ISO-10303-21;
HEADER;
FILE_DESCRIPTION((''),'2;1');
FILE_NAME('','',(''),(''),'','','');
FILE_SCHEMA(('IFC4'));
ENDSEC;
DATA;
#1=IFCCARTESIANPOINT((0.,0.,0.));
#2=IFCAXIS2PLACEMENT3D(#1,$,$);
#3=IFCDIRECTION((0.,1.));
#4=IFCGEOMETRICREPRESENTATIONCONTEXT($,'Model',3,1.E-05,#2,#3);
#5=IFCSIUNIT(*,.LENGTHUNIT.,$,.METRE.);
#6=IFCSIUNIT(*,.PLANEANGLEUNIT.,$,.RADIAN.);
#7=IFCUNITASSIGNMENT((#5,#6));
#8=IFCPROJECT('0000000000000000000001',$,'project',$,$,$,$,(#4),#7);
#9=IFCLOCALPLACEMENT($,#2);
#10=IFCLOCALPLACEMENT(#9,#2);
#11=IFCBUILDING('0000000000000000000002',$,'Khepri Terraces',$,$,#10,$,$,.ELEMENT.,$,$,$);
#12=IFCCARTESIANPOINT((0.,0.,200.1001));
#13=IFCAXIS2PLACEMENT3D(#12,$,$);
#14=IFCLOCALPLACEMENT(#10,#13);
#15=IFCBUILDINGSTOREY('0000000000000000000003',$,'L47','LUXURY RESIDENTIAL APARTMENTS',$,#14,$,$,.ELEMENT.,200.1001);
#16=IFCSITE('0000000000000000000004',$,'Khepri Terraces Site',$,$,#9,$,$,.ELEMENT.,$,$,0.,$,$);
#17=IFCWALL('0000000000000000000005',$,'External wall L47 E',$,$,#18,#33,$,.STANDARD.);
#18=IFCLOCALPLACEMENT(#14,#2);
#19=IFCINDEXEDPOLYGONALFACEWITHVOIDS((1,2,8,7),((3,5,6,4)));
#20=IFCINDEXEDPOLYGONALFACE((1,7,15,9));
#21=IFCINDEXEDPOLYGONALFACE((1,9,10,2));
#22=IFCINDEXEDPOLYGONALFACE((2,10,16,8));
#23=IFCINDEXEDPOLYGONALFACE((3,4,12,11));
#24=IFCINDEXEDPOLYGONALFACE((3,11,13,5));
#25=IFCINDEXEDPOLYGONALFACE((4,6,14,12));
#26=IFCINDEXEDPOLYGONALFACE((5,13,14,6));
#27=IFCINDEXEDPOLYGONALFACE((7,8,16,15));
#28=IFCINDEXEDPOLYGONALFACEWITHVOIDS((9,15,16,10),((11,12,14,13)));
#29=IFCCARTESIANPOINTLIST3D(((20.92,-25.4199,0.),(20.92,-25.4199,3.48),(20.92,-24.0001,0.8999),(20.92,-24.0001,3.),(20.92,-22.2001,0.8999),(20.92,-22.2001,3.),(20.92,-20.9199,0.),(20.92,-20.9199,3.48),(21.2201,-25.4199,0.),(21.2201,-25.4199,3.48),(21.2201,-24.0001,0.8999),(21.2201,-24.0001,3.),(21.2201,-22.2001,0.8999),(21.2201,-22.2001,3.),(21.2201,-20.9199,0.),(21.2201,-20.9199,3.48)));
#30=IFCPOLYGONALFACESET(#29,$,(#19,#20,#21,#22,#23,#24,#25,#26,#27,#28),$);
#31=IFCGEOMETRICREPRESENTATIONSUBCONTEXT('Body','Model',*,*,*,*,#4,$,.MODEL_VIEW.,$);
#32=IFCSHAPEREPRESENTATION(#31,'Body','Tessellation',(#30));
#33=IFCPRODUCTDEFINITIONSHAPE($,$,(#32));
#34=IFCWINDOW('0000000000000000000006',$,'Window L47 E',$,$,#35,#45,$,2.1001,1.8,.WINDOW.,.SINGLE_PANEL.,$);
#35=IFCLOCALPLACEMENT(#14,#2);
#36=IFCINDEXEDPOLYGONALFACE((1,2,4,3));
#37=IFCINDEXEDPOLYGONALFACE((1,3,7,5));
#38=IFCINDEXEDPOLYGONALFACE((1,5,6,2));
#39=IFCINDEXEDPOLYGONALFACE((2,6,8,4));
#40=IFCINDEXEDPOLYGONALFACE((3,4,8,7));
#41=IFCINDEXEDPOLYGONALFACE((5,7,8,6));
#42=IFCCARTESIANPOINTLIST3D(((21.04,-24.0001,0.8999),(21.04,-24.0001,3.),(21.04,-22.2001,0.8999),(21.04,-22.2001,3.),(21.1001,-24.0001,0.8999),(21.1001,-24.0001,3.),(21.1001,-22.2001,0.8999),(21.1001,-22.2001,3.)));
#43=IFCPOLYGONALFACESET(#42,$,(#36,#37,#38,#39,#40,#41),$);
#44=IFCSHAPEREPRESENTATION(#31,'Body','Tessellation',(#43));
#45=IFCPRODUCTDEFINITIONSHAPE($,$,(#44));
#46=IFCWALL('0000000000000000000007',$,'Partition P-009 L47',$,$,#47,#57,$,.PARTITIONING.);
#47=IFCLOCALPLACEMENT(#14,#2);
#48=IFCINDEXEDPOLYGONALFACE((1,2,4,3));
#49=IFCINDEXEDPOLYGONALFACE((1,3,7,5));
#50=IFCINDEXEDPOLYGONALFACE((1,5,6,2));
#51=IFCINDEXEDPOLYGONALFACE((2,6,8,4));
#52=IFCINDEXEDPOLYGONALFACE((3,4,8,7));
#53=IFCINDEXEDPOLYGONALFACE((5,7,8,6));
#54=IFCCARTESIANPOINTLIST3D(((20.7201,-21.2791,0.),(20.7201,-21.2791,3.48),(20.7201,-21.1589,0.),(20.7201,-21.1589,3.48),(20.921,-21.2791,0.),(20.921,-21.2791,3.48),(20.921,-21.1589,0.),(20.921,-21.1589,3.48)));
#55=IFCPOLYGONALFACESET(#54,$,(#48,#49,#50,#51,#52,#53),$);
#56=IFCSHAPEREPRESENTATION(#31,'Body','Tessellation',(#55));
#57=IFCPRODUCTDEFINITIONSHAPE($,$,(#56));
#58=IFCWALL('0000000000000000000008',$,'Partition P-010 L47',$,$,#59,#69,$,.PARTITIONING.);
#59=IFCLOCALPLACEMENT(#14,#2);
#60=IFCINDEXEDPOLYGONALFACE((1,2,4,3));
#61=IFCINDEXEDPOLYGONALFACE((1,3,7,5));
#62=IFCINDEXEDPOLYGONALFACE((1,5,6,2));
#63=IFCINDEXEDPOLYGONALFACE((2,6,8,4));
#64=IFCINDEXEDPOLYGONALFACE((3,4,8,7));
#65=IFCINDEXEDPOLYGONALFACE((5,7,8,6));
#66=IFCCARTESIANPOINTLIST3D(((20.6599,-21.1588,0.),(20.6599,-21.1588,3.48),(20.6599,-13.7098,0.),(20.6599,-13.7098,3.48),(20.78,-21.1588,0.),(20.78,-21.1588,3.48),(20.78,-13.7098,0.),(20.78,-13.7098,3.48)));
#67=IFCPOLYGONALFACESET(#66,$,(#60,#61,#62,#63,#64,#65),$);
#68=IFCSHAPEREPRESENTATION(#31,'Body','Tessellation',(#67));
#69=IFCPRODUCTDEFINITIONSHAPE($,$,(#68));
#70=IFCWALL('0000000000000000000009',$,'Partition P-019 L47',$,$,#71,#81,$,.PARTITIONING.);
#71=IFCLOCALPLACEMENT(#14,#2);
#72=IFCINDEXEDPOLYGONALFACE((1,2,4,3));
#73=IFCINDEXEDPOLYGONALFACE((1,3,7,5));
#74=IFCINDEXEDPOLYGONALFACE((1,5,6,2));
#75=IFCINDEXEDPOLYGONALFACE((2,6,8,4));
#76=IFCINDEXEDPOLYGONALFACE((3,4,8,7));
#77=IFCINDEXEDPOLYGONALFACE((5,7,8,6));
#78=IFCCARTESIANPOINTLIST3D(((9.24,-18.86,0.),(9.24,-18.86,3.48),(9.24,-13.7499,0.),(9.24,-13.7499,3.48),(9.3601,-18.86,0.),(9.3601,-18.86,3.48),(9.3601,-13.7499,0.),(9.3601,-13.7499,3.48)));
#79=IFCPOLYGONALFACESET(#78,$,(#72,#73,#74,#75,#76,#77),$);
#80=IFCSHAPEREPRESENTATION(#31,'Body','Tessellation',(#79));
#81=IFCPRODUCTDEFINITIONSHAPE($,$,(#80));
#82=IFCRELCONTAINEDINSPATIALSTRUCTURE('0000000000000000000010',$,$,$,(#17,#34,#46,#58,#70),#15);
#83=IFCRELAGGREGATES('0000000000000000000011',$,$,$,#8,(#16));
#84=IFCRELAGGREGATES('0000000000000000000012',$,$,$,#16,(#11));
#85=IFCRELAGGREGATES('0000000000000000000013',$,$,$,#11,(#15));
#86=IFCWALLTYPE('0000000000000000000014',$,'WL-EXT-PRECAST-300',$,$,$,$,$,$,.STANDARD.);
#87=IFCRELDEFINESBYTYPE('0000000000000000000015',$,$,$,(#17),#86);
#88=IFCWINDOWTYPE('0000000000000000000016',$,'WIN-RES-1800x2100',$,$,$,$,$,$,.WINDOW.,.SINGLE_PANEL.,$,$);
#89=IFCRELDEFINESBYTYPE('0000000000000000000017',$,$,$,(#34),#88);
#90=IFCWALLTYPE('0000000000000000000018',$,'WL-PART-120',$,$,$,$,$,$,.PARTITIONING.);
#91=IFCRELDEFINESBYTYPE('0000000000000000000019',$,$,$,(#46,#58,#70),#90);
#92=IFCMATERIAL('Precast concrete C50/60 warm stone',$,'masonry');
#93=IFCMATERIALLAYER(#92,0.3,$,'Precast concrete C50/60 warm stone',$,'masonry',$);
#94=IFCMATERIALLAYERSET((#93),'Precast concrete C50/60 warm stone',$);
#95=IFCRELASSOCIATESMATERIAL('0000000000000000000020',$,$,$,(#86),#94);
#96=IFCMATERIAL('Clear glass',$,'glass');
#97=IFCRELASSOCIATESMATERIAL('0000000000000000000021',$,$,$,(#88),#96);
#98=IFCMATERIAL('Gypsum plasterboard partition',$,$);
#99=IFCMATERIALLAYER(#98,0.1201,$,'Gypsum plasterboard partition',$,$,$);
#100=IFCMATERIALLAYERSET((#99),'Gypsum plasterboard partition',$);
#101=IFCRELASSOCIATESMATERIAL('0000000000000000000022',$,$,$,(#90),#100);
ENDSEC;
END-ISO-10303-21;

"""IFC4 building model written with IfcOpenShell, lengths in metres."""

from ifc_helpers import new_model, si_unit, direction, frame, frame_2d, origin, place, context, subcontext, project, spatial, rectangle, extrude, material, layer, layer_set, type_object, element, fill, save


model = new_model("IFC4")

# Units and contexts
model_context = context("Model", 3, precision=1e-05, world=origin(), true_north=direction((0.0, 1.0)))
body_context = subcontext(model_context, "Body", "Model", "MODEL_VIEW")
ifc_project = project(units=[si_unit("LENGTHUNIT", "METRE"), si_unit("PLANEANGLEUNIT", "RADIAN")], contexts=[model_context])

# Site, building, storey
site_placement = place(None, origin())
site = spatial("IfcSite", under=ifc_project, at=site_placement, Name="Khepri Terraces Site", CompositionType="ELEMENT", RefElevation=0.0)
building_placement = place(site_placement, origin())
building = spatial("IfcBuilding", under=site, at=building_placement, Name="Khepri Terraces", CompositionType="ELEMENT")
storey_placement = place(building_placement, frame((0.0, 0.0, 200.1001)))
storey = spatial("IfcBuildingStorey", under=building, at=storey_placement, Name="L47", Description="LUXURY RESIDENTIAL APARTMENTS", CompositionType="ELEMENT", Elevation=200.1001)

# Shared definitions
ifc_material_1 = material(Name="Precast concrete C50/60 warm stone", Category="masonry")
ifc_layer_1 = layer(ifc_material_1, 0.3, Name="Precast concrete C50/60 warm stone", Category="masonry")
ifc_layer_set_1 = layer_set([ifc_layer_1], Name="Precast concrete C50/60 warm stone")
wall_type_1 = type_object("IfcWallType", Name="WL-EXT-PRECAST-300", PredefinedType="STANDARD", material=ifc_layer_set_1)
ifc_material_2 = material(Name="Clear glass", Category="glass")
window_type_1 = type_object("IfcWindowType", Name="WIN-RES-1800x2100", PartitioningType="SINGLE_PANEL", PredefinedType="WINDOW", material=ifc_material_2)

# Wall, opening, window
wall_1_placement = place(storey_placement, frame((21.0701, -25.4199, 0.0), z_axis=(0.0, 0.0, 1.0), x_axis=(0.0, 1.0, 0.0)))
wall_1 = element("IfcWall", 1, at=wall_1_placement, inside=storey, type_object=wall_type_1, Name="External wall L47 E", PredefinedType="STANDARD", context=body_context, shape_type="SweptSolid", body=[
    extrude(rectangle(XDim=4.5, YDim=0.3, at=frame_2d((2.25, 0.0))), origin(), (0.0, 0.0, 1.0), 3.48),
])
opening_1_placement = place(wall_1_placement, frame((1.4199, 0.0, 0.8999)))
opening_1 = element("IfcOpeningElement", 2, at=opening_1_placement, cuts=wall_1, PredefinedType="OPENING", context=body_context, shape_type="SweptSolid", body=[
    extrude(rectangle(XDim=1.8, YDim=2.1001, at=frame_2d((0.8999, 1.05))), frame((0.0, 0.1602, 0.0), z_axis=(0.0, -1.0, 0.0), x_axis=(1.0, 0.0, 0.0)), (0.0, 0.0, 1.0), 0.3201),
])
window_1_placement = place(opening_1_placement, origin())
window_1 = element("IfcWindow", 3, at=window_1_placement, inside=storey, type_object=window_type_1, Name="Window L47 E", OverallHeight=2.1001, OverallWidth=1.8, PartitioningType="SINGLE_PANEL", PredefinedType="WINDOW", context=body_context, shape_type="SweptSolid", body=[
    extrude(rectangle(XDim=1.8, YDim=2.1001, at=frame_2d((0.8999, 1.05))), frame((0.0, 0.03, 0.0), z_axis=(0.0, -1.0, 0.0), x_axis=(1.0, 0.0, 0.0)), (0.0, 0.0, 1.0), 0.0601),
])
fill(opening_1, window_1)

# Walls
ifc_material_3 = material(Name="Gypsum plasterboard partition")
ifc_layer_2 = layer(ifc_material_3, 0.1201, Name="Gypsum plasterboard partition")
ifc_layer_set_2 = layer_set([ifc_layer_2], Name="Gypsum plasterboard partition")
wall_type_2 = type_object("IfcWallType", Name="WL-PART-120", PredefinedType="PARTITIONING", material=ifc_layer_set_2)
wall_2_placement = place(storey_placement, frame((20.72, -21.219, 0.0), z_axis=(0.0, 0.0, 1.0), x_axis=(1.0, 0.0, 0.0)))
element("IfcWall", 4, at=wall_2_placement, inside=storey, type_object=wall_type_2, Name="Partition P-009 L47", PredefinedType="PARTITIONING", context=body_context, shape_type="SweptSolid", body=[
    extrude(rectangle(XDim=0.2009, YDim=0.1201, at=frame_2d((0.1006, 0.0))), origin(), (0.0, 0.0, 1.0), 3.48),
])
wall_3_placement = place(storey_placement, frame((20.72, -21.1589, 0.0), z_axis=(0.0, 0.0, 1.0), x_axis=(0.0, 1.0, 0.0)))
element("IfcWall", 5, at=wall_3_placement, inside=storey, type_object=wall_type_2, Name="Partition P-010 L47", PredefinedType="PARTITIONING", context=body_context, shape_type="SweptSolid", body=[
    extrude(rectangle(XDim=7.449, YDim=0.1201, at=frame_2d((3.7246, 0.0))), origin(), (0.0, 0.0, 1.0), 3.48),
])
wall_4_placement = place(storey_placement, frame((9.3, -18.8601, 0.0), z_axis=(0.0, 0.0, 1.0), x_axis=(0.0, 1.0, 0.0)))
element("IfcWall", 6, at=wall_4_placement, inside=storey, type_object=wall_type_2, Name="Partition P-019 L47", PredefinedType="PARTITIONING", context=body_context, shape_type="SweptSolid", body=[
    extrude(rectangle(XDim=5.1101, YDim=0.1201, at=frame_2d((2.5552, 0.0))), origin(), (0.0, 0.0, 1.0), 3.48),
])

save(model, "model.ifc")
